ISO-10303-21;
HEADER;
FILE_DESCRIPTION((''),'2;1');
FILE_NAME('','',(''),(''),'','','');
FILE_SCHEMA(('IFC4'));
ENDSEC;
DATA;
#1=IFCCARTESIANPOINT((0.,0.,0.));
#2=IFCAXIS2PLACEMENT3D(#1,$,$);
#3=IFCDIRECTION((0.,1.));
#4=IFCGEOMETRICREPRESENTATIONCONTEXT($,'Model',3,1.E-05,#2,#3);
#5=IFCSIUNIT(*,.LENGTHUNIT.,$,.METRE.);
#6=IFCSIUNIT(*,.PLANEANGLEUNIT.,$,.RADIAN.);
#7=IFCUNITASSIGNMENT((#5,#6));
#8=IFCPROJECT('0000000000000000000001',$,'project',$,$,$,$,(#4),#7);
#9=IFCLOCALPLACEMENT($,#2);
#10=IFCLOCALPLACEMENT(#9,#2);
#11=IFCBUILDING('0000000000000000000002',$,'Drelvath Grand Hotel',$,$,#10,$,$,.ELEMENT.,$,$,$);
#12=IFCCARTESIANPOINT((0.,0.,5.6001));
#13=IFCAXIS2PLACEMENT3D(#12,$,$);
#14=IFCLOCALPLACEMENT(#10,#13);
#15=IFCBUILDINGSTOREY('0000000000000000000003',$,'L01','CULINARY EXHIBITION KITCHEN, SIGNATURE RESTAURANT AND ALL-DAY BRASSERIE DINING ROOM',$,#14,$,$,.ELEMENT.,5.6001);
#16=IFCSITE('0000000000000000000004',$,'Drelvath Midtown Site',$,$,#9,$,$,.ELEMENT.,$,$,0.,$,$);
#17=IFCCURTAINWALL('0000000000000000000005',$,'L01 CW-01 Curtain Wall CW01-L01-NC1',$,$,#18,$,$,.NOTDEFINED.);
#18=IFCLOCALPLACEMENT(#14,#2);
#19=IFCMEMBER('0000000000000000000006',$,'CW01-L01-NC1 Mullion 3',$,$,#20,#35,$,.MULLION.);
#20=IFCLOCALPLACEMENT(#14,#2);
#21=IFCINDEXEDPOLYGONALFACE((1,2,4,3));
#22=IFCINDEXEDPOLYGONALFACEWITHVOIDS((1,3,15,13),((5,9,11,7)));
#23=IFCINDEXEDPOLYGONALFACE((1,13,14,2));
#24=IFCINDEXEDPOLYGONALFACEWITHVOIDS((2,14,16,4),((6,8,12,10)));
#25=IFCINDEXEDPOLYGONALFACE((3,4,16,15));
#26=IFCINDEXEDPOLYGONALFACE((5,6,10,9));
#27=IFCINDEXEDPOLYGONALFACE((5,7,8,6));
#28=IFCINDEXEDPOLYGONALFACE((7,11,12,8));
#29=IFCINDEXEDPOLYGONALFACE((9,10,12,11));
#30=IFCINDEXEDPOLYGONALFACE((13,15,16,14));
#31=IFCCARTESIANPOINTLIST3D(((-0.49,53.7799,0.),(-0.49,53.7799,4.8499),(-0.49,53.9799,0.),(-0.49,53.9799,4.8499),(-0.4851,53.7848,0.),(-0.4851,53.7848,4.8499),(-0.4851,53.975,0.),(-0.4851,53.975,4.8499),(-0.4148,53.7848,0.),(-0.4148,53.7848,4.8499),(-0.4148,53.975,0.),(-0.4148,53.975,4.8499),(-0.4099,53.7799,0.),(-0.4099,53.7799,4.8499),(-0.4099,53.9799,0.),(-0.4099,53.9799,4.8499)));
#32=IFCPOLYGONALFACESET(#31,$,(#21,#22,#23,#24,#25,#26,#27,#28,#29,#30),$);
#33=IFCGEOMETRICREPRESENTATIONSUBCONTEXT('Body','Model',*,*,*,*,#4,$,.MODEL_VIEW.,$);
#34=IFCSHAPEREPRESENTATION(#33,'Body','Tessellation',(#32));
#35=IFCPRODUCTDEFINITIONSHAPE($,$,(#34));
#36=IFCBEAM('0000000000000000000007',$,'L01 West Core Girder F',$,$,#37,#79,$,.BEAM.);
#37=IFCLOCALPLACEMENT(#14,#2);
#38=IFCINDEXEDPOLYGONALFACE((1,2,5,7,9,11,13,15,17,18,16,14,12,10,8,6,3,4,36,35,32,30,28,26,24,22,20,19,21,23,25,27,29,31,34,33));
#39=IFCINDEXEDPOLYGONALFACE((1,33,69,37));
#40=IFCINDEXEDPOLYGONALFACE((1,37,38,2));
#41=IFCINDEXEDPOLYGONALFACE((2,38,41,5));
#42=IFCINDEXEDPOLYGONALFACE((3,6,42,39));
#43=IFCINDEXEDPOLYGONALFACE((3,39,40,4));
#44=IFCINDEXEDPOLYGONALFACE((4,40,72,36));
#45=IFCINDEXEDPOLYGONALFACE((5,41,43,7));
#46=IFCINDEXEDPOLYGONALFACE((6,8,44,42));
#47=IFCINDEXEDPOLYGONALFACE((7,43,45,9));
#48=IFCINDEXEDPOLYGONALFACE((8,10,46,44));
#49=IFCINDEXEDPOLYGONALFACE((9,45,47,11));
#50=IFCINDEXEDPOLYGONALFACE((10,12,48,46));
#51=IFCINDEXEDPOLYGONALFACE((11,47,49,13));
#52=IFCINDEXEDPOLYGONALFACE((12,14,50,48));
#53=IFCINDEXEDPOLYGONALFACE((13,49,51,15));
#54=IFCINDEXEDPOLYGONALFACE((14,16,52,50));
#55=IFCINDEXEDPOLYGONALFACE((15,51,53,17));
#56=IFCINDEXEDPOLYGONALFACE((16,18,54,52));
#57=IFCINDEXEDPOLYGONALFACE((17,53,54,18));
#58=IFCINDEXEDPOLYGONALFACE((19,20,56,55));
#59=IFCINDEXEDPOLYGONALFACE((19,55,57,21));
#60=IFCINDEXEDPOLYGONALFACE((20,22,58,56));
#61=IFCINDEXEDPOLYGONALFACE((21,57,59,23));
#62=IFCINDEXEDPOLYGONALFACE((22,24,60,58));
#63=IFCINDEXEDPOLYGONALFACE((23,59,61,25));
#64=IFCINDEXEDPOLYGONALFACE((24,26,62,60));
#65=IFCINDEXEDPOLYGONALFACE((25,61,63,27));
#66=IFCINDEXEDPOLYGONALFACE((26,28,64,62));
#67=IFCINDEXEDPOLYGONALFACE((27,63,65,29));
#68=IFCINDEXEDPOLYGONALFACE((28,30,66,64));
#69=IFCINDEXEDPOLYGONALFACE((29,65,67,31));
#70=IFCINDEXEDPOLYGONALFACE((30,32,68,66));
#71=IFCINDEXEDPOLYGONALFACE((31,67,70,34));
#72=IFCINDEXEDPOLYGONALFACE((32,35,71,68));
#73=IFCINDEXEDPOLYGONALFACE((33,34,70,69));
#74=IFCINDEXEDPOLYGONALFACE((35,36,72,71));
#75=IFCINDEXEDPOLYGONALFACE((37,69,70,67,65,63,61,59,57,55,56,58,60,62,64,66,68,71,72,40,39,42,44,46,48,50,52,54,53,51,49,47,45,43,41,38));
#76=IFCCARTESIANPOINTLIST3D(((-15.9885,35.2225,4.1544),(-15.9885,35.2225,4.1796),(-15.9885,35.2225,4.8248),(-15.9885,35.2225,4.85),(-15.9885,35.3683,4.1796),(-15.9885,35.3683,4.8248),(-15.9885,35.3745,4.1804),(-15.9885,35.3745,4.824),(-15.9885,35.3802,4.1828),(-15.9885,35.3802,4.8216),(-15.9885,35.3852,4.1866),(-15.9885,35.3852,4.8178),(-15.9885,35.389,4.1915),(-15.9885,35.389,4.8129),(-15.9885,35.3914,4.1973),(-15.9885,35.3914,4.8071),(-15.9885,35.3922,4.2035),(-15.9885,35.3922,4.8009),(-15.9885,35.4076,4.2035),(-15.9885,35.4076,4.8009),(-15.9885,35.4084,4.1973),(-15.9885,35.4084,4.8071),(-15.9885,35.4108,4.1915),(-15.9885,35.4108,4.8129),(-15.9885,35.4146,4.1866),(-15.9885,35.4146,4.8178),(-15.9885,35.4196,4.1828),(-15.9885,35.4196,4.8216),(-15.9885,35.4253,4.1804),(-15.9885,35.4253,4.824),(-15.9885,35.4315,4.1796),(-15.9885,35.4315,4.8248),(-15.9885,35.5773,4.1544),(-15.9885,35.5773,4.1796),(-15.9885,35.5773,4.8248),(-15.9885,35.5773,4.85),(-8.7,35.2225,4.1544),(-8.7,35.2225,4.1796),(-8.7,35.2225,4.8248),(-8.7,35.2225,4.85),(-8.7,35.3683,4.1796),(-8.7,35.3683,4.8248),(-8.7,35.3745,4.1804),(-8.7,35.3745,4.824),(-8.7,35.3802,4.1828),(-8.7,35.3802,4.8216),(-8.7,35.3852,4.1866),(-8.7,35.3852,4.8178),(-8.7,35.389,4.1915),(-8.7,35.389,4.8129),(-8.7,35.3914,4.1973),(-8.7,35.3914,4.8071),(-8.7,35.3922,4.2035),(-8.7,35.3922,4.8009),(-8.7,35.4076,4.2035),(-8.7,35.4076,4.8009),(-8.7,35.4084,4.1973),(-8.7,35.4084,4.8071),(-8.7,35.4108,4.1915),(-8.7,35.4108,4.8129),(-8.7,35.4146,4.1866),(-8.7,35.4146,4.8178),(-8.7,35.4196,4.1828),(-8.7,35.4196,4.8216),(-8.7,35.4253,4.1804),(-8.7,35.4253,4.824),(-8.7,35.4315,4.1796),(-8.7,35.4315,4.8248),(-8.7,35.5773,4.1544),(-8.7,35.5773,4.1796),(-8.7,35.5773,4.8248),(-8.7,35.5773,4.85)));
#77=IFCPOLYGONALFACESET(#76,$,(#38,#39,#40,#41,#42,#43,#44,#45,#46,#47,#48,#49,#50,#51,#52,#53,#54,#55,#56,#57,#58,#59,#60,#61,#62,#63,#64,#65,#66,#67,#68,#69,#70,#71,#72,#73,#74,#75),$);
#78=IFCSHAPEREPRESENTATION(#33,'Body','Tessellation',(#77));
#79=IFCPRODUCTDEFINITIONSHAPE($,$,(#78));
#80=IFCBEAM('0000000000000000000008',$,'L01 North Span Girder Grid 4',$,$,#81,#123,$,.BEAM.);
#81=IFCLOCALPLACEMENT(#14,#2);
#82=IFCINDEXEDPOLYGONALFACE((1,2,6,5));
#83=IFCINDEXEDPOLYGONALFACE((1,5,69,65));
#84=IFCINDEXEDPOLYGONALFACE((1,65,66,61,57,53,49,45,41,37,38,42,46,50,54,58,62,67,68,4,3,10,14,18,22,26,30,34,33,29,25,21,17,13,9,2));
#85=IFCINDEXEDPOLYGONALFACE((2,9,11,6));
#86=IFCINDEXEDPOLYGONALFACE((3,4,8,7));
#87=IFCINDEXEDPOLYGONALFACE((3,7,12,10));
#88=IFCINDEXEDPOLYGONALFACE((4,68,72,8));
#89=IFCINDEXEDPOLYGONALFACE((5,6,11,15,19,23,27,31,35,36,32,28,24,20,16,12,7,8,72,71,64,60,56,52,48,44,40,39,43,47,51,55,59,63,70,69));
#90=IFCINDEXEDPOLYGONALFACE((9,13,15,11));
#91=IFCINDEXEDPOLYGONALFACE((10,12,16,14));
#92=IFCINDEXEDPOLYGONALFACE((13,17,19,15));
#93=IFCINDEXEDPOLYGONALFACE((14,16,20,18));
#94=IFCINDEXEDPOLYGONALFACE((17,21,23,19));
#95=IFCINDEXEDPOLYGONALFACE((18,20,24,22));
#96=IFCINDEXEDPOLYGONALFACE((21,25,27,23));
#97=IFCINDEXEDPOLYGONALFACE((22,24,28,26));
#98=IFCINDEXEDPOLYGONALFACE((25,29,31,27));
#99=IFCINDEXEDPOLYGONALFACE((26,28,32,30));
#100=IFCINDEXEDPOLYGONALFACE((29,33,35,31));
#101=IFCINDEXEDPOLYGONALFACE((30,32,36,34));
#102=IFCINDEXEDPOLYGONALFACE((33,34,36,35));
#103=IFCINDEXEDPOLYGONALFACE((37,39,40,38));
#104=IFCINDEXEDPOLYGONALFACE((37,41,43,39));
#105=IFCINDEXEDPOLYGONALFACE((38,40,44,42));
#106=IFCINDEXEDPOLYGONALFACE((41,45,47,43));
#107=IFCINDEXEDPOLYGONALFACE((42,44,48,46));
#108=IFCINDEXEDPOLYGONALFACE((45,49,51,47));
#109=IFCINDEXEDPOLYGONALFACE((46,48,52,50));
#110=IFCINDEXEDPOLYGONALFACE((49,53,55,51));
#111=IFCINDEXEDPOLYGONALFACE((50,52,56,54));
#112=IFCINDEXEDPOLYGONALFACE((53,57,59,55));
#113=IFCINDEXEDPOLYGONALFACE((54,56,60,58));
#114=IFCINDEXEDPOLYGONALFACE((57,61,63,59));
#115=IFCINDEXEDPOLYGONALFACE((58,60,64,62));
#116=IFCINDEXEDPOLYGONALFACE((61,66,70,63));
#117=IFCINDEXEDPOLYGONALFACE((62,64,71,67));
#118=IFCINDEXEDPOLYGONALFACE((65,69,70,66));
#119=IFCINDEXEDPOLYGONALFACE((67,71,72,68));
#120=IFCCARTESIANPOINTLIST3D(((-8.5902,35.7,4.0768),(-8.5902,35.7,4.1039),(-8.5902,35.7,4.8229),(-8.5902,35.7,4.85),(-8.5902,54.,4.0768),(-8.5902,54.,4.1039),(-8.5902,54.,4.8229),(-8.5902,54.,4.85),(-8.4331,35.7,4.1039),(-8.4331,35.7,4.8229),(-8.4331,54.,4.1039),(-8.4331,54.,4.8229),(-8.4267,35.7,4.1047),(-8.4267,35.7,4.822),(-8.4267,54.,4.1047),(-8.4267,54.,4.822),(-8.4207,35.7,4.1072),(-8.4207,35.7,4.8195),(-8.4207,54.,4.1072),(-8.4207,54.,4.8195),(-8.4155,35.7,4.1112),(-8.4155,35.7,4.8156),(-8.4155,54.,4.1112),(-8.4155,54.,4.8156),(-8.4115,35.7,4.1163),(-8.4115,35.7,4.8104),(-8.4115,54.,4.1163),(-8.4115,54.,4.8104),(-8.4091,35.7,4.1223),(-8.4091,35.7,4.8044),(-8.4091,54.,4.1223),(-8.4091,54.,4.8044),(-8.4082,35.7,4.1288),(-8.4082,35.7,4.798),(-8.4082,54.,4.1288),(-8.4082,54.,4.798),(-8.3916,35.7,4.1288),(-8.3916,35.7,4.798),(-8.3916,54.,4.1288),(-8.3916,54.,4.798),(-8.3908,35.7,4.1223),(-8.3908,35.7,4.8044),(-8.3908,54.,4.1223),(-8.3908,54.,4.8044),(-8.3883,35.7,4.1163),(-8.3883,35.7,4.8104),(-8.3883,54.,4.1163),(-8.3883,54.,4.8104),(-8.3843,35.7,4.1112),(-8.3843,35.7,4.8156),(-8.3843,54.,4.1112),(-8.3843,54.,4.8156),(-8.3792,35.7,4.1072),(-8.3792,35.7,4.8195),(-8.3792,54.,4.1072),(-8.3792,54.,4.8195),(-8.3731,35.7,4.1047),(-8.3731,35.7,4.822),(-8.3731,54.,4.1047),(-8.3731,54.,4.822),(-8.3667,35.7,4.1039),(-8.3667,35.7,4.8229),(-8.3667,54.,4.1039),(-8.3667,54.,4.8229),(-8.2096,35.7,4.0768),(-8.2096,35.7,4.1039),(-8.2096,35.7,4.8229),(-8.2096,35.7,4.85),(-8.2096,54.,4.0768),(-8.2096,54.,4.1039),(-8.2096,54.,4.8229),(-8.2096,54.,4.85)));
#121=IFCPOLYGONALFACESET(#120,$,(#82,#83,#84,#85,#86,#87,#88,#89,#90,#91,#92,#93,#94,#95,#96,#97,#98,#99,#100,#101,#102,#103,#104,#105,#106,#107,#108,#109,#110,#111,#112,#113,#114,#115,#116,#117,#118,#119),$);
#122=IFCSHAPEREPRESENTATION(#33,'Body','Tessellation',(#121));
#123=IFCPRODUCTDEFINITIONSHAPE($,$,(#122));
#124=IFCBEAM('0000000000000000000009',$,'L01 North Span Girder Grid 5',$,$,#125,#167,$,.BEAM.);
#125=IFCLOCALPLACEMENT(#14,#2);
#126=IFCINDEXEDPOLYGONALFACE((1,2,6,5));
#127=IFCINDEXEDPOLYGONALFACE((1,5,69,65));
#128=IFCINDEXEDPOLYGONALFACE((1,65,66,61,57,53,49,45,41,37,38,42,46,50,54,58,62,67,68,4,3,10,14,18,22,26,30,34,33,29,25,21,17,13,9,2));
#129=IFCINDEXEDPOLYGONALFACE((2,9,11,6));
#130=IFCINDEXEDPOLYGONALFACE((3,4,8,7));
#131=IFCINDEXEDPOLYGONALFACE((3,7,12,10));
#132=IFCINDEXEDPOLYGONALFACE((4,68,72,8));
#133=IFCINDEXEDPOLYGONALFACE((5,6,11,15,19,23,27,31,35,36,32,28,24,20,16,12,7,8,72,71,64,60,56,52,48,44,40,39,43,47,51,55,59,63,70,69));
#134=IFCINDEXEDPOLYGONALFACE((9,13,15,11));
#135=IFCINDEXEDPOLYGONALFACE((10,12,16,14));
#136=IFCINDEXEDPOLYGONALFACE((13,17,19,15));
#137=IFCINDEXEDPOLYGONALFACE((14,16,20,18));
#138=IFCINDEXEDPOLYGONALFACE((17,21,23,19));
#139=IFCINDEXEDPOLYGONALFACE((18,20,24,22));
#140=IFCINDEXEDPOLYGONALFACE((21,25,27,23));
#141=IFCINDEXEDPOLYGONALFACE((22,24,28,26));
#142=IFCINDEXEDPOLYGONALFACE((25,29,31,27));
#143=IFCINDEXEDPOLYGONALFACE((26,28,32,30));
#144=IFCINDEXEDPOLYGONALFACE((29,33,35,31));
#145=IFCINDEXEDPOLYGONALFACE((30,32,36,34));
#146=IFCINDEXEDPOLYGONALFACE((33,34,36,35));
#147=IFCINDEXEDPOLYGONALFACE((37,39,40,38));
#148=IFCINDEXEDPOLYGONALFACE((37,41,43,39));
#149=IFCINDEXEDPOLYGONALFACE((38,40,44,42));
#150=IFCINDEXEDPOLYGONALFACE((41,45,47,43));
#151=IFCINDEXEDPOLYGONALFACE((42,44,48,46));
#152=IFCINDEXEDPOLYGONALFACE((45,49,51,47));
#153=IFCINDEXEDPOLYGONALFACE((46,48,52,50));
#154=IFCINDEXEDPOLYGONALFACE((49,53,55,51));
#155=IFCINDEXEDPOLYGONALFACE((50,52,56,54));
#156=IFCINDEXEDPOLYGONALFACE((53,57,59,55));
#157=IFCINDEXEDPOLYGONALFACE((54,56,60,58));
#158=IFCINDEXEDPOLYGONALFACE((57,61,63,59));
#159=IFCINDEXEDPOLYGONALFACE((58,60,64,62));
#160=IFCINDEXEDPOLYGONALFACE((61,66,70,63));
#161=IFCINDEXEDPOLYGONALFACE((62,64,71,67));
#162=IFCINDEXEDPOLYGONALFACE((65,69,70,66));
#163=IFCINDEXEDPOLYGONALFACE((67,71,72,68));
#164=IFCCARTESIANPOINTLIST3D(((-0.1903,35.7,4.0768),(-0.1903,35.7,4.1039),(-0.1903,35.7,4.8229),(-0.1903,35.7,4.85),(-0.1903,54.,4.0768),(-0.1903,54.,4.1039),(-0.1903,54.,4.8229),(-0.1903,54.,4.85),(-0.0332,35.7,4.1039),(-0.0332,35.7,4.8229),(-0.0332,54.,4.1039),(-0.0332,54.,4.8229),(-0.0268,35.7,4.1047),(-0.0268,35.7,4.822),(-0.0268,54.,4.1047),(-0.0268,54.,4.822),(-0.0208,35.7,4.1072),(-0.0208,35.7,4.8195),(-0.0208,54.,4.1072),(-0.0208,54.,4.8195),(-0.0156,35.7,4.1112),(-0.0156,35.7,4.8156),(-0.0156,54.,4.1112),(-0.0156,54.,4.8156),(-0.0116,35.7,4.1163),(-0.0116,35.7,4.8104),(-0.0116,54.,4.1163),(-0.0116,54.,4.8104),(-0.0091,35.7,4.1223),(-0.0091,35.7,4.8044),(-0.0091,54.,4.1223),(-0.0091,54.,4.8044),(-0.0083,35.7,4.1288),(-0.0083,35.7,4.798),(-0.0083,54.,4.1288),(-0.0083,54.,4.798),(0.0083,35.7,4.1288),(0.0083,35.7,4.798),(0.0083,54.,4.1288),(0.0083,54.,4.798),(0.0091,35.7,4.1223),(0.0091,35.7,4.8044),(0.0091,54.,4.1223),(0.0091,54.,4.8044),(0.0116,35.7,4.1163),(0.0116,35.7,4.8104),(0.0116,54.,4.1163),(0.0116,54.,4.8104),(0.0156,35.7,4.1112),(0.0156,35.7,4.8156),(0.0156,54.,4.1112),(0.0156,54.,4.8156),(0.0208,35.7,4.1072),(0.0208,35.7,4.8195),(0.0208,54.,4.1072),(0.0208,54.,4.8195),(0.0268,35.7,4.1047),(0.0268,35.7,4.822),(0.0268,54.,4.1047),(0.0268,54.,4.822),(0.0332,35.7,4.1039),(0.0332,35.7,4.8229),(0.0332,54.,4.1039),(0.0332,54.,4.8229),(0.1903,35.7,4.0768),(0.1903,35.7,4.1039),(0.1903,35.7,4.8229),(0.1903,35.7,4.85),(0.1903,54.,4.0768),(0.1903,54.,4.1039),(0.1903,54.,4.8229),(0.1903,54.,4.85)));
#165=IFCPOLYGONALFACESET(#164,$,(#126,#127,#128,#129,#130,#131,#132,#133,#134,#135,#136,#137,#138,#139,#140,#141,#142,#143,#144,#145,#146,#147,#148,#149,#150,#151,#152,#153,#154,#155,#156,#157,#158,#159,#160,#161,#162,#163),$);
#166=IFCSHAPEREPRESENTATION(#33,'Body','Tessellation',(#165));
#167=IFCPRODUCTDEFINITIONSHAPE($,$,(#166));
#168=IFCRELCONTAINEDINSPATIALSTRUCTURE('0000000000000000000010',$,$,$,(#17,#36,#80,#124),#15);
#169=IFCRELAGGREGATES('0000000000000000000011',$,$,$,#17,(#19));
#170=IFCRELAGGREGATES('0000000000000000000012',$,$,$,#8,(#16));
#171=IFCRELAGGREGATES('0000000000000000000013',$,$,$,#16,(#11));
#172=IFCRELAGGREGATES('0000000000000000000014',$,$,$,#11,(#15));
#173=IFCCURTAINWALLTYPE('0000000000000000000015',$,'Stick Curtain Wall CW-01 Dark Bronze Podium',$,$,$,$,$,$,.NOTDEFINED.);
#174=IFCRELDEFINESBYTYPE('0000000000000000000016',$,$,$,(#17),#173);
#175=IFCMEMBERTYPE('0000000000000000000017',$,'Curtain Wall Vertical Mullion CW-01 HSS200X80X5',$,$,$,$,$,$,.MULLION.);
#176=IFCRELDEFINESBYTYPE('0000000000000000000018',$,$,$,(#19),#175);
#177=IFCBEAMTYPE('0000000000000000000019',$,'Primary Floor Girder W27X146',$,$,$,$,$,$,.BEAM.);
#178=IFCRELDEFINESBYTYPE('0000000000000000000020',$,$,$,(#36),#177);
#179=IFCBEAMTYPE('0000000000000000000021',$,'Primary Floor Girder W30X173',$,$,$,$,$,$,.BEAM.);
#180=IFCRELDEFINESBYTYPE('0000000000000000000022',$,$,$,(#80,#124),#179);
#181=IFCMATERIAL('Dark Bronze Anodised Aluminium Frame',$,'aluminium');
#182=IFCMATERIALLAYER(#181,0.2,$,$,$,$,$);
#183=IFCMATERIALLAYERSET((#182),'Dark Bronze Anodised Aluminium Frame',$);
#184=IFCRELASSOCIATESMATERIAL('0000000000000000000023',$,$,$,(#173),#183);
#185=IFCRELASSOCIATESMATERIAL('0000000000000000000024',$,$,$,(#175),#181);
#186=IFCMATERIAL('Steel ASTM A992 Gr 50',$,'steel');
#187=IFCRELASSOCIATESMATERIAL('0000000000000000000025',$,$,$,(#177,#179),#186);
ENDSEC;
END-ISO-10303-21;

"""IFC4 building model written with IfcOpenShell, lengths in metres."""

from ifc_helpers import new_model, si_unit, direction, frame, origin, origin_2d, place, context, subcontext, project, spatial, hollow_rectangle, i_section, extrude, material, layer, layer_set, material_profile, profile_set, type_object, element, aggregate, save


model = new_model("IFC4")

# Units and contexts
model_context = context("Model", 3, precision=1e-05, world=origin(), true_north=direction((0.0, 1.0)))
body_context = subcontext(model_context, "Body", "Model", "MODEL_VIEW")
ifc_project = project(units=[si_unit("LENGTHUNIT", "METRE"), si_unit("PLANEANGLEUNIT", "RADIAN")], contexts=[model_context])

# Site, building, storey
site_placement = place(None, origin())
site = spatial("IfcSite", under=ifc_project, at=site_placement, Name="Drelvath Midtown Site", CompositionType="ELEMENT", RefElevation=0.0)
building_placement = place(site_placement, origin())
building = spatial("IfcBuilding", under=site, at=building_placement, Name="Drelvath Grand Hotel", CompositionType="ELEMENT")
storey_placement = place(building_placement, frame((0.0, 0.0, 5.6001)))
storey = spatial("IfcBuildingStorey", under=building, at=storey_placement, Name="L01", Description="CULINARY EXHIBITION KITCHEN, SIGNATURE RESTAURANT AND ALL-DAY BRASSERIE DINING ROOM", CompositionType="ELEMENT", Elevation=5.6001)

# Curtain wall, member
ifc_material_1 = material(Name="Dark Bronze Anodised Aluminium Frame", Category="aluminium")
ifc_layer_1 = layer(ifc_material_1, 0.2)
ifc_layer_set_1 = layer_set([ifc_layer_1], Name="Dark Bronze Anodised Aluminium Frame")
curtain_wall_type = type_object("IfcCurtainWallType", Name="Stick Curtain Wall CW-01 Dark Bronze Podium", PredefinedType="NOTDEFINED", material=ifc_layer_set_1)
curtain_wall_placement = place(storey_placement, origin())
curtain_wall = element("IfcCurtainWall", 1, at=curtain_wall_placement, inside=storey, type_object=curtain_wall_type, Name="L01 CW-01 Curtain Wall CW01-L01-NC1", PredefinedType="NOTDEFINED")
ifc_material_profile_1 = material_profile(ifc_material_1, hollow_rectangle(XDim=0.0801, YDim=0.2, WallThickness=0.0049, at=origin_2d()), Name="HSS200X80X5")
ifc_profile_set_1 = profile_set([ifc_material_profile_1], Name="Dark Bronze Anodised Aluminium Frame")
member_type_1 = type_object("IfcMemberType", Name="Curtain Wall Vertical Mullion CW-01 HSS200X80X5", PredefinedType="MULLION", material=ifc_profile_set_1)
member_1_placement = place(storey_placement, frame((-0.45, 53.8799, 0.0), z_axis=(0.0, 0.0, 1.0), x_axis=(1.0, 0.0, 0.0)))
member_1 = element("IfcMember", 2, at=member_1_placement, type_object=member_type_1, Name="CW01-L01-NC1 Mullion 3", PredefinedType="MULLION", context=body_context, shape_type="SweptSolid", body=[
    extrude(hollow_rectangle(XDim=0.0801, YDim=0.2, WallThickness=0.0049, at=origin_2d()), origin(), (0.0, 0.0, 1.0), 4.8499),
])

# Beams
ifc_material_2 = material(Name="Steel ASTM A992 Gr 50", Category="steel")
ifc_material_profile_2 = material_profile(ifc_material_2, i_section(OverallWidth=0.3547, OverallDepth=0.6956, WebThickness=0.0154, FlangeThickness=0.0251, FilletRadius=0.0239, at=origin_2d()), Name="W27X146")
ifc_profile_set_2 = profile_set([ifc_material_profile_2], Name="Steel ASTM A992 Gr 50")
beam_type_1 = type_object("IfcBeamType", Name="Primary Floor Girder W27X146", PredefinedType="BEAM", material=ifc_profile_set_2)
beam_1_placement = place(storey_placement, frame((-15.9885, 35.3999, 4.5022), z_axis=(1.0, 0.0, 0.0), x_axis=(0.0, 1.0, 0.0)))
element("IfcBeam", 3, at=beam_1_placement, inside=storey, type_object=beam_type_1, Name="L01 West Core Girder F", PredefinedType="BEAM", context=body_context, shape_type="SweptSolid", body=[
    extrude(i_section(OverallWidth=0.3547, OverallDepth=0.6956, WebThickness=0.0154, FlangeThickness=0.0251, FilletRadius=0.0239, at=origin_2d()), origin(), (0.0, 0.0, 1.0), 7.2886),
])
ifc_material_profile_3 = material_profile(ifc_material_2, i_section(OverallWidth=0.3806, OverallDepth=0.7732, WebThickness=0.0166, FlangeThickness=0.0271, FilletRadius=0.0249, at=origin_2d()), Name="W30X173")
ifc_profile_set_3 = profile_set([ifc_material_profile_3], Name="Steel ASTM A992 Gr 50")
beam_type_2 = type_object("IfcBeamType", Name="Primary Floor Girder W30X173", PredefinedType="BEAM", material=ifc_profile_set_3)
for number, where, z_axis, x_axis, name in (
    (4, (-8.3999, 35.7, 4.4634), (0.0, 1.0, 0.0), (-1.0, 0.0, 0.0), "L01 North Span Girder Grid 4"),
    (5, (0.0, 35.7, 4.4634), (0.0, 1.0, 0.0), (-1.0, 0.0, 0.0), "L01 North Span Girder Grid 5"),
):
    element("IfcBeam", number, at=place(storey_placement, frame(where, z_axis=z_axis, x_axis=x_axis)), inside=storey, type_object=beam_type_2, Name=name, PredefinedType="BEAM", context=body_context, shape_type="SweptSolid", body=[
        extrude(i_section(OverallWidth=0.3806, OverallDepth=0.7732, WebThickness=0.0166, FlangeThickness=0.0271, FilletRadius=0.0249, at=origin_2d()), origin(), (0.0, 0.0, 1.0), 18.3),
    ])

aggregate(curtain_wall, [member_1])

save(model, "model.ifc")
